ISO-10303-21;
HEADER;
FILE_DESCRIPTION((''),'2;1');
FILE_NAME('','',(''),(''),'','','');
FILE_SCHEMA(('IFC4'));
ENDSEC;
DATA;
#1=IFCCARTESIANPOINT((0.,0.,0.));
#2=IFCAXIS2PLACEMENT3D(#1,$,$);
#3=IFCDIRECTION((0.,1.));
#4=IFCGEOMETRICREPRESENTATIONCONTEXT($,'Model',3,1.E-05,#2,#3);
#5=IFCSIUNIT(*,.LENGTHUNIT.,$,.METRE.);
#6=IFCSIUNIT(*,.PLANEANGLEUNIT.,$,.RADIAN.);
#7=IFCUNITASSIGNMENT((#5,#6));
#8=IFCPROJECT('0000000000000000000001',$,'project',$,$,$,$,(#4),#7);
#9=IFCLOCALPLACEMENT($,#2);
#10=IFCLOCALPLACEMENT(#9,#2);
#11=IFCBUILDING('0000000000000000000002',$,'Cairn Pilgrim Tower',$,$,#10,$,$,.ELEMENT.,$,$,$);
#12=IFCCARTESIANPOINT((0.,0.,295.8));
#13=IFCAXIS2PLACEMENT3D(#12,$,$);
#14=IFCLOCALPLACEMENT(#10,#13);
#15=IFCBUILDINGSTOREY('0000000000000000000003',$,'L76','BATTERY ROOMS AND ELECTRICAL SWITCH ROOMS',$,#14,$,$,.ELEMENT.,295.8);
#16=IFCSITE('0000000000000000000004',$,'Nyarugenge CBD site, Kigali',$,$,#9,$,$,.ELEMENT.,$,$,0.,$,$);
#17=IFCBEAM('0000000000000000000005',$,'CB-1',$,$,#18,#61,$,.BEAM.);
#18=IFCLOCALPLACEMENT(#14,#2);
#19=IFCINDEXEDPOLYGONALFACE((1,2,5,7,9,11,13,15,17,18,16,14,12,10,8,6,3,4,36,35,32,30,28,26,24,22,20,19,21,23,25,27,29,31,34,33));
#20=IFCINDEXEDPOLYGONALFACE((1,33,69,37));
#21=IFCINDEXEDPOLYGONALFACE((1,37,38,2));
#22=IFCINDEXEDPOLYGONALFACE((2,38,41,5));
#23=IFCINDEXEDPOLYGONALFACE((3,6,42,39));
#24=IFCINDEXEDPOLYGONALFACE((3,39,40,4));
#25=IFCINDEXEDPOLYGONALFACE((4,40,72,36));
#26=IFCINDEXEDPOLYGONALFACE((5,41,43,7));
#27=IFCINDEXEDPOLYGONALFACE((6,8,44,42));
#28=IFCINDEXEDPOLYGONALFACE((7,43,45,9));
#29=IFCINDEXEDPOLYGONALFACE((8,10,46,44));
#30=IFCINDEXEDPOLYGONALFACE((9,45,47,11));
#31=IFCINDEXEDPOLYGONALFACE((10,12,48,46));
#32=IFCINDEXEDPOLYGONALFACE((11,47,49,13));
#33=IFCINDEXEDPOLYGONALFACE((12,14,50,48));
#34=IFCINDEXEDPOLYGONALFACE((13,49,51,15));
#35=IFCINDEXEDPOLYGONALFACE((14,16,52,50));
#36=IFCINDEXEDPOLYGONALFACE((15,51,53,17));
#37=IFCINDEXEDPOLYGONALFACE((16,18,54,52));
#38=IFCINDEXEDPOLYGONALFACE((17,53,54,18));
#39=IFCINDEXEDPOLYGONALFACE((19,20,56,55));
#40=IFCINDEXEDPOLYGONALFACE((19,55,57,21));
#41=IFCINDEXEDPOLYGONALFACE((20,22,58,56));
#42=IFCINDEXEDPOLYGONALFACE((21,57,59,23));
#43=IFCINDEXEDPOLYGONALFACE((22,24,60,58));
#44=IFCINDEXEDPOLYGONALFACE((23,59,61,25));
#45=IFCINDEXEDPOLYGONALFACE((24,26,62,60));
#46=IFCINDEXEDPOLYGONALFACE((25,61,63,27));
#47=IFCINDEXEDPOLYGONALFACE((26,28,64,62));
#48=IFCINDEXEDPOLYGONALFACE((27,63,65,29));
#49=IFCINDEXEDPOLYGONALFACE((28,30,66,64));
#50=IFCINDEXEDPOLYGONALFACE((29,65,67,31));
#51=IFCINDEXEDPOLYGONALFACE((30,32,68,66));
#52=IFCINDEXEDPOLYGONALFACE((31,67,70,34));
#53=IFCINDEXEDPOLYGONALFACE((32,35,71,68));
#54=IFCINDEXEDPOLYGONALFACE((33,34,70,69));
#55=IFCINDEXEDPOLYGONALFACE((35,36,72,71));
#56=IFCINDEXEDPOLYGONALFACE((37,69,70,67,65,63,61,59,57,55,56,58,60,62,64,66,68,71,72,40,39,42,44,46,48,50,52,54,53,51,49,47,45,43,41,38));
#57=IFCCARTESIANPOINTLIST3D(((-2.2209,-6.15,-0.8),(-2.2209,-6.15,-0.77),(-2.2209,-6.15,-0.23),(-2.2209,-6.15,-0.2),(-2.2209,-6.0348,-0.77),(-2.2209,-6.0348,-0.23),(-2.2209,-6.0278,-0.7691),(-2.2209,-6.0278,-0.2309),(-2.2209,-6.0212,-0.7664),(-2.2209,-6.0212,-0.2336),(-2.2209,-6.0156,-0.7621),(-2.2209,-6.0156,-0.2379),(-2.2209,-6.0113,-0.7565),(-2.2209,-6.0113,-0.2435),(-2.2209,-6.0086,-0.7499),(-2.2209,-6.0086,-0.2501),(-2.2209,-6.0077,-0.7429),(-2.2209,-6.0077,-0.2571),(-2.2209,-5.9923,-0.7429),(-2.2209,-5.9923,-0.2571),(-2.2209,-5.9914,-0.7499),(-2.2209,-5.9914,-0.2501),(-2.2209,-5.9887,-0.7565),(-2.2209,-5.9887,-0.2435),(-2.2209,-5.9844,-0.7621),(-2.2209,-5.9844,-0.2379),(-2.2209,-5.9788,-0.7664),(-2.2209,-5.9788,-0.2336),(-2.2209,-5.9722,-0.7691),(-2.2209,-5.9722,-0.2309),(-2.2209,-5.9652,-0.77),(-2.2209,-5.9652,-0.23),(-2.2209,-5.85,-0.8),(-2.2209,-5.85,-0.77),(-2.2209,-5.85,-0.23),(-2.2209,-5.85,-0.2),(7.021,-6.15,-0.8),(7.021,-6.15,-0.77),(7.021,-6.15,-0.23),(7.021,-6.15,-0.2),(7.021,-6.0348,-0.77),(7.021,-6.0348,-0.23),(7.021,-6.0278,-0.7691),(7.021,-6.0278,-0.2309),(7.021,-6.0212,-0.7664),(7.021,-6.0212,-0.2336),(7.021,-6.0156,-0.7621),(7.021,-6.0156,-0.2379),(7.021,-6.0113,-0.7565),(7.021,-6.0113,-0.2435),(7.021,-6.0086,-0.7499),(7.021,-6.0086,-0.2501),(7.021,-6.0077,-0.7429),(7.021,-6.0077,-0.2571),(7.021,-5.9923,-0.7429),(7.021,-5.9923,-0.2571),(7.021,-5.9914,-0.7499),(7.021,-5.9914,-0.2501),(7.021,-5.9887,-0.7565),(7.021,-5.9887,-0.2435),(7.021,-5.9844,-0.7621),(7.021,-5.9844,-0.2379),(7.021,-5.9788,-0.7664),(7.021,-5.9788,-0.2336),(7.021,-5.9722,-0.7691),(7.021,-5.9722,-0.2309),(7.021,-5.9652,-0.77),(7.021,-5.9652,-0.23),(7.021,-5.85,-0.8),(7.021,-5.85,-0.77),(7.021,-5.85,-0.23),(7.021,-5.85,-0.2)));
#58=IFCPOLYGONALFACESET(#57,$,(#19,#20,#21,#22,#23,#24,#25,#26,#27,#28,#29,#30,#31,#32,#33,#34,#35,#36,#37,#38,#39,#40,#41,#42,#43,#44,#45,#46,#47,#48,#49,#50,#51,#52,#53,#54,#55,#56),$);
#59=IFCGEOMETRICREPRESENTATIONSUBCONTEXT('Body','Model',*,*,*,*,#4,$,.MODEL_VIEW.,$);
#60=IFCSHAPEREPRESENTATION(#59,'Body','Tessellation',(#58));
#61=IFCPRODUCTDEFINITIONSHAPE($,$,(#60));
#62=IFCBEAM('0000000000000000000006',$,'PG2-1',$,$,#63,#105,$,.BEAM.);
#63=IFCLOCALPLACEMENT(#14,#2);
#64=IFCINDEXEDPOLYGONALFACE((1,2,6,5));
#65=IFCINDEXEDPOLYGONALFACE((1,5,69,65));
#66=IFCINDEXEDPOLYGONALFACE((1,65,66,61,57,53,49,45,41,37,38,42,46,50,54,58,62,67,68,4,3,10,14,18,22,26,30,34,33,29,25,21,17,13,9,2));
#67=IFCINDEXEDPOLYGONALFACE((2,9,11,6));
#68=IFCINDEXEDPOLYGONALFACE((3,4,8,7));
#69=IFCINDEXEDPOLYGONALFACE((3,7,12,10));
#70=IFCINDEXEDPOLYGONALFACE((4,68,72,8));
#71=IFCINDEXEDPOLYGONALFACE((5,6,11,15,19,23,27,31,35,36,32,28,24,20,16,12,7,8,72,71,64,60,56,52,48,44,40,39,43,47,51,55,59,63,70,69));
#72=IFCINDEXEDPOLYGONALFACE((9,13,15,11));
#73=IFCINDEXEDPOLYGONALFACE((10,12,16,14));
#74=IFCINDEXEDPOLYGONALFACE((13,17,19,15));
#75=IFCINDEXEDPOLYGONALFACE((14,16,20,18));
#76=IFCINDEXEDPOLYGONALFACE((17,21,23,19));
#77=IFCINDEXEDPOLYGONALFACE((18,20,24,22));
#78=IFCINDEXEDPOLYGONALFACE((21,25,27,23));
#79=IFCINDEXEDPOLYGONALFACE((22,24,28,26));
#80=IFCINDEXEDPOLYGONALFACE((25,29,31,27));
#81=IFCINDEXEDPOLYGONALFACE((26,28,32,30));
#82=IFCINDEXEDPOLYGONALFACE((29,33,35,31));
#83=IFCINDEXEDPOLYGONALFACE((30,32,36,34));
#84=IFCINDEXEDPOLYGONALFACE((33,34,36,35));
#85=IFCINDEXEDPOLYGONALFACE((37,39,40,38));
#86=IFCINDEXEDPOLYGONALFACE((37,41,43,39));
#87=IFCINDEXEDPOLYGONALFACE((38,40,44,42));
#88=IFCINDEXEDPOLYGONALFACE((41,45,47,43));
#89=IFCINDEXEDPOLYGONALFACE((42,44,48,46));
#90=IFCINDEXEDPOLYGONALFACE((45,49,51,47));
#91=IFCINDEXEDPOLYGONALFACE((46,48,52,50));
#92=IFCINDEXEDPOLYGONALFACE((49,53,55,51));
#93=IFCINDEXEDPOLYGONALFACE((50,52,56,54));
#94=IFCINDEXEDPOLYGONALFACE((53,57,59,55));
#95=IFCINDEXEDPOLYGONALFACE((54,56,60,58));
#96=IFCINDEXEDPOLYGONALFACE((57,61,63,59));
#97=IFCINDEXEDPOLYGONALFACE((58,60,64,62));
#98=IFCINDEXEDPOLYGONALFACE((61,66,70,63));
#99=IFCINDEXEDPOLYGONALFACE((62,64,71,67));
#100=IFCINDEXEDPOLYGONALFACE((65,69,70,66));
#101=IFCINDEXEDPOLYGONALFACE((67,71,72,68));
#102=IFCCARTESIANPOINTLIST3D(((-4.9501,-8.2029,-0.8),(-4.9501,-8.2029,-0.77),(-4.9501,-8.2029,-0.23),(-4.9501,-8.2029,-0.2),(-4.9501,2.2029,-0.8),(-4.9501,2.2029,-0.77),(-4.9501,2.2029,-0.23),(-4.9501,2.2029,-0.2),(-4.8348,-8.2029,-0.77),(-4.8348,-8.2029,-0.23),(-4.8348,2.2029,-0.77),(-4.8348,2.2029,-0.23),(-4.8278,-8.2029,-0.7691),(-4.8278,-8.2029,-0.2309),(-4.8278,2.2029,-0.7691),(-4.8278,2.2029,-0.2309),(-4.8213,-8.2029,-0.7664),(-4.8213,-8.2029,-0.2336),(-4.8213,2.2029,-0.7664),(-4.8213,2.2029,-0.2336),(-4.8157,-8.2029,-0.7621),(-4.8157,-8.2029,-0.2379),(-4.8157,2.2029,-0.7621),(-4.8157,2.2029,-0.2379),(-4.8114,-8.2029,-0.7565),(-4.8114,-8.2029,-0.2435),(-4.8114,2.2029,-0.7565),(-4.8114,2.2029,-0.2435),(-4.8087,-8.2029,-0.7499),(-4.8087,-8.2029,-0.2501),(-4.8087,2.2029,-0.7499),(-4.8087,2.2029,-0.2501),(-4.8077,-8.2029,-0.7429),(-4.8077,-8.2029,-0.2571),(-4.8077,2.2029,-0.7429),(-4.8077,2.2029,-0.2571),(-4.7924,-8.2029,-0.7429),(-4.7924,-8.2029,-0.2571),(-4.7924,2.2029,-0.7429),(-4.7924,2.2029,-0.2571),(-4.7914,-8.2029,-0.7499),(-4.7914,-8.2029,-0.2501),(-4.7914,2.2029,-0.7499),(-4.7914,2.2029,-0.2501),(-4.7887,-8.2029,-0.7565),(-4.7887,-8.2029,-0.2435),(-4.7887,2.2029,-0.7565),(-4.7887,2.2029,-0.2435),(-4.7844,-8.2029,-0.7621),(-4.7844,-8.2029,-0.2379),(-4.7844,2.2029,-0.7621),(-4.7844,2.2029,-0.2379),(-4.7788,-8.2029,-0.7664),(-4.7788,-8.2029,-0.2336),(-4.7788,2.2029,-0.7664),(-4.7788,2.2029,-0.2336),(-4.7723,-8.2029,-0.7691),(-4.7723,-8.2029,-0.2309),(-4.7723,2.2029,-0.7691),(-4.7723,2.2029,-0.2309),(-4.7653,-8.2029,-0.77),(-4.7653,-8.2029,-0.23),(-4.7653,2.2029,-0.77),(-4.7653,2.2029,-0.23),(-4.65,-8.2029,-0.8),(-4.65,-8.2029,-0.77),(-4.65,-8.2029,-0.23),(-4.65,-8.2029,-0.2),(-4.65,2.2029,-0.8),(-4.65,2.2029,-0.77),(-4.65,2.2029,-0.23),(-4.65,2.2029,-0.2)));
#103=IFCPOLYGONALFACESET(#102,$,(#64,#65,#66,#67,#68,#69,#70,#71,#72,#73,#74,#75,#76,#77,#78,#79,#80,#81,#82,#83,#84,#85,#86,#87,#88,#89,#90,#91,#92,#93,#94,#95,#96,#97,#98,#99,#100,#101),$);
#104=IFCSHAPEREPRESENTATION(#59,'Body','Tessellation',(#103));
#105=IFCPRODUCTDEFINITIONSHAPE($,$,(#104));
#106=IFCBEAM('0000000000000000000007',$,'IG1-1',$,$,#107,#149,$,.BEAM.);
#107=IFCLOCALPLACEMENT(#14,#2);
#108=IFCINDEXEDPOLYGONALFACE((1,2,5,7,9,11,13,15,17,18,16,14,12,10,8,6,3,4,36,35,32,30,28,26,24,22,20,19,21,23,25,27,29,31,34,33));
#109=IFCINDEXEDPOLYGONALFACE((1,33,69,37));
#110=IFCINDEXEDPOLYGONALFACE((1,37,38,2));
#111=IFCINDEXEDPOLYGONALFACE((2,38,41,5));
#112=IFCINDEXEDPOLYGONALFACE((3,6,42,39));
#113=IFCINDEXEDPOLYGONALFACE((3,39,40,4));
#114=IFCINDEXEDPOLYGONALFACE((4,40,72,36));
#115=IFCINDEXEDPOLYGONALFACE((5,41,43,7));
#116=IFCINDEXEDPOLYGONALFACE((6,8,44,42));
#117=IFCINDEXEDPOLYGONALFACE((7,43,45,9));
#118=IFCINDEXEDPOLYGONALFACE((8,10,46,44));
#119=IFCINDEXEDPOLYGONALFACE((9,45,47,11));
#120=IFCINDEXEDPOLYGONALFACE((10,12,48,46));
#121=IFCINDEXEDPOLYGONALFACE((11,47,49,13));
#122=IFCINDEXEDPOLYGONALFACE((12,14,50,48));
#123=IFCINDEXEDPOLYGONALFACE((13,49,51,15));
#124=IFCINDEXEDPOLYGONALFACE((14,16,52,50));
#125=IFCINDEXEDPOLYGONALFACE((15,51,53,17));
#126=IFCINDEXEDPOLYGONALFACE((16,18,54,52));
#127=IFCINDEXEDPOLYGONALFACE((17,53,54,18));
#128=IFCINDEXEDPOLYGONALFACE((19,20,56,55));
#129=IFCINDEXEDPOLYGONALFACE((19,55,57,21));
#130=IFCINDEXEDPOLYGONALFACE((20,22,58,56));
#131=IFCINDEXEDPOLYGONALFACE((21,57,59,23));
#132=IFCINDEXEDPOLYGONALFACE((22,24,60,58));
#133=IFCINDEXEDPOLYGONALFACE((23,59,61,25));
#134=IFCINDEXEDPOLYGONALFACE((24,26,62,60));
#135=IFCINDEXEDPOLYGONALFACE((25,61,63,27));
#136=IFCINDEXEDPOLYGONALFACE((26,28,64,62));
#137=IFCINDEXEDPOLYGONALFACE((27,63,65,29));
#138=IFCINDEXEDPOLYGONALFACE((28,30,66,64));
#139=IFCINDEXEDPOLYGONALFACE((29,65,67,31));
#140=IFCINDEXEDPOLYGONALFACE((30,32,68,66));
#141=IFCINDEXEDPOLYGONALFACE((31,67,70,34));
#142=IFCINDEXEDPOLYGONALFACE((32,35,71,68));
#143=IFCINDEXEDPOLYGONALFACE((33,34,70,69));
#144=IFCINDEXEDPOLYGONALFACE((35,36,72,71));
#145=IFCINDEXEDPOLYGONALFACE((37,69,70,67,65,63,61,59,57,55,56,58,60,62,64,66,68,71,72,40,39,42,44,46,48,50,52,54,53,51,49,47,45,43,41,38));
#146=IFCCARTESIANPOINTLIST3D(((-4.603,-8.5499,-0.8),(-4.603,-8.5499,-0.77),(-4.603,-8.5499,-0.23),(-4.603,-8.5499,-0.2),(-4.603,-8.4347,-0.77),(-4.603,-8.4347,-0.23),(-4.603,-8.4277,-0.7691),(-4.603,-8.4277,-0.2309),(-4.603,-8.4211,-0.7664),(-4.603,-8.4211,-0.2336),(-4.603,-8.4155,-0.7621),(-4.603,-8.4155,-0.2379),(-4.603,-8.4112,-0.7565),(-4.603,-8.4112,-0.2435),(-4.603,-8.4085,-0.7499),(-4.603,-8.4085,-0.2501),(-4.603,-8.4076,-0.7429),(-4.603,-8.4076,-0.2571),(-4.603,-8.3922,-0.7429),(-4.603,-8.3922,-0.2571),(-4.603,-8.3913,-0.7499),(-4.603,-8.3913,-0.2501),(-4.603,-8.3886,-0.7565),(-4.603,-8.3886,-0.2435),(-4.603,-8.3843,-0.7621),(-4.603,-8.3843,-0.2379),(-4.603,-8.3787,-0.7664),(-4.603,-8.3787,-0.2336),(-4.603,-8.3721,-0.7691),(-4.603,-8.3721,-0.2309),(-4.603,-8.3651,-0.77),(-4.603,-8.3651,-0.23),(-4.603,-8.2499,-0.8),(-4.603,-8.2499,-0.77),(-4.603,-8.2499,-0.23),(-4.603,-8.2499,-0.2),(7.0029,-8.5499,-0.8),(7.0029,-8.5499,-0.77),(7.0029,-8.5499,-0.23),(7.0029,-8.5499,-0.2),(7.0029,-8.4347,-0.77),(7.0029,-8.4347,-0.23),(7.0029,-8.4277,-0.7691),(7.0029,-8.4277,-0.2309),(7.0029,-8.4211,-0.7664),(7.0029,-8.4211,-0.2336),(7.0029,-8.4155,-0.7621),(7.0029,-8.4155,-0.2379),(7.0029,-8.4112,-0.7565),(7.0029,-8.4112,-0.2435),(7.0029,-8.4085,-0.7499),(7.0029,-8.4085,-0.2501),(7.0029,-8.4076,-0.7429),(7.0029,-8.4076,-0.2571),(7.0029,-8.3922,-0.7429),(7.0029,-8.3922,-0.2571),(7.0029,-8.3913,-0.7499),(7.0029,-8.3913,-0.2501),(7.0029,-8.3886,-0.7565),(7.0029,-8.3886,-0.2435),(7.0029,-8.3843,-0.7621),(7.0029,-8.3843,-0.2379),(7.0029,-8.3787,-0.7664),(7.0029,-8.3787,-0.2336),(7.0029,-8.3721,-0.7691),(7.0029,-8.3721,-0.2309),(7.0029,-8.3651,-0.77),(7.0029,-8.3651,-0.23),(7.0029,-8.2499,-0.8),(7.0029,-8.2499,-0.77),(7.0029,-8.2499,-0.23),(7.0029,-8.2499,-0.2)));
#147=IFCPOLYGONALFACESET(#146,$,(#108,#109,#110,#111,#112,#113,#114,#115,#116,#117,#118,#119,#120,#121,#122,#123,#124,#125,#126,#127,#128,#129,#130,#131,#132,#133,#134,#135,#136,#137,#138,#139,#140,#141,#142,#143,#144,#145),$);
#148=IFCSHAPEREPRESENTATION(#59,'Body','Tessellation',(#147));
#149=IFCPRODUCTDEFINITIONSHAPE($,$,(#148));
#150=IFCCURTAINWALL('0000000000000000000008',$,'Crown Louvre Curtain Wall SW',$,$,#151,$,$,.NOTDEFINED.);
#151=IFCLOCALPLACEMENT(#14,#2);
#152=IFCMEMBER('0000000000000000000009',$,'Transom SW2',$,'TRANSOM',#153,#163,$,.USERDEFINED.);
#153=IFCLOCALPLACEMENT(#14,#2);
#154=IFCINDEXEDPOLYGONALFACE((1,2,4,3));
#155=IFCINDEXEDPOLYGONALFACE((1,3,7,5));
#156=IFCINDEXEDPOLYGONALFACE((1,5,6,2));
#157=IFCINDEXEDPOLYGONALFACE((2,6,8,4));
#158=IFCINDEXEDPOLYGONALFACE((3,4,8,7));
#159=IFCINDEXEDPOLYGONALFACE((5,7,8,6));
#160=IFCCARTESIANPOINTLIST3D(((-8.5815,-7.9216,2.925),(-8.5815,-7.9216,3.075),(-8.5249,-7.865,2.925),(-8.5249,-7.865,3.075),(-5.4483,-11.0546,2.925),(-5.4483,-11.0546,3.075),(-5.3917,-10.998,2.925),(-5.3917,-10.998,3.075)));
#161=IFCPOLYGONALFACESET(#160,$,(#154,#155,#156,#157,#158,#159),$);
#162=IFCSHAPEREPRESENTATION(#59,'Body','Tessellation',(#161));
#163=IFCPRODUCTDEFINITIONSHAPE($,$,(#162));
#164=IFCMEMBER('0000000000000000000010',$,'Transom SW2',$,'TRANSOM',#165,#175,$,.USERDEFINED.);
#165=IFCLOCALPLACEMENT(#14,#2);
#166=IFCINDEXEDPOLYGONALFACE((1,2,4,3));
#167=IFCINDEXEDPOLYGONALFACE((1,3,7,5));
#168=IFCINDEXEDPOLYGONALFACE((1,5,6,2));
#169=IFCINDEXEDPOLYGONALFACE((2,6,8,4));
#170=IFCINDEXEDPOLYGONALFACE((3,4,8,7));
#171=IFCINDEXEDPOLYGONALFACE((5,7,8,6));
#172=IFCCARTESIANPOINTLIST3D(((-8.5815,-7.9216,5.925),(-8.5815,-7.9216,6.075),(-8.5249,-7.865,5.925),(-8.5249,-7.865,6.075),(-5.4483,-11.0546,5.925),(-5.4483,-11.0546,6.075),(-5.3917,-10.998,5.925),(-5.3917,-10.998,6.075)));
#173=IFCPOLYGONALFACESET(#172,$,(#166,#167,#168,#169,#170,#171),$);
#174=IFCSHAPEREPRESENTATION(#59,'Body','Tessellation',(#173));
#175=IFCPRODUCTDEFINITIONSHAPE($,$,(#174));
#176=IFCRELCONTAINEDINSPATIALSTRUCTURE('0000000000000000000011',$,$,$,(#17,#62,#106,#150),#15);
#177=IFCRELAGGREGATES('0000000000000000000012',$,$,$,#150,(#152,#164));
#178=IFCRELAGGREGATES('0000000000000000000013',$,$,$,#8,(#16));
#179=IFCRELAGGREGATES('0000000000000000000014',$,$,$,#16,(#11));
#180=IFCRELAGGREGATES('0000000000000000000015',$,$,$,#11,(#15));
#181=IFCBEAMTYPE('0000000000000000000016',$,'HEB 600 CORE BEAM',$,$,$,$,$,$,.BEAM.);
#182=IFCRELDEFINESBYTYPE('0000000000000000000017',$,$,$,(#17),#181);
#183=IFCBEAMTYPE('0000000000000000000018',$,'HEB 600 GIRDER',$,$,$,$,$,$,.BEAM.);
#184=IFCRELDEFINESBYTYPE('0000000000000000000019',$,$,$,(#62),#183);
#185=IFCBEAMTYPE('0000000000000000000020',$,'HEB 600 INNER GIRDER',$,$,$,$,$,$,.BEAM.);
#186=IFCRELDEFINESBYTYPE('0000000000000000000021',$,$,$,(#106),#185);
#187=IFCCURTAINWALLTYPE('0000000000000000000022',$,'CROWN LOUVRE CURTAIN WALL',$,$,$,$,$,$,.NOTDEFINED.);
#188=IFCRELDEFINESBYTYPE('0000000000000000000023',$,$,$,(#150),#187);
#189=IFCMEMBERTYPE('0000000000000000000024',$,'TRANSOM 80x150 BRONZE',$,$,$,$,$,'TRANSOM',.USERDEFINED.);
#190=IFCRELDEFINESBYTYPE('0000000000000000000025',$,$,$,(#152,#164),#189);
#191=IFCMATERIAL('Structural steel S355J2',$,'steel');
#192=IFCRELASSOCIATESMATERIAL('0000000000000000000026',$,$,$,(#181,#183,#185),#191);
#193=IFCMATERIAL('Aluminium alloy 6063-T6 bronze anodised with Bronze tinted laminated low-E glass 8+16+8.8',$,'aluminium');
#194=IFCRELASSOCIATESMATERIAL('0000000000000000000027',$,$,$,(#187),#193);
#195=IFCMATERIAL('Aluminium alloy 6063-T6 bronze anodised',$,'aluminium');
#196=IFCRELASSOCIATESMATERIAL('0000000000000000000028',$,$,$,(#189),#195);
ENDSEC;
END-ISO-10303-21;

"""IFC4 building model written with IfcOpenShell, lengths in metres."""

from ifc_helpers import new_model, si_unit, direction, frame, origin, origin_2d, place, context, subcontext, project, spatial, rectangle, i_section, extrude, material, material_profile, profile_set, type_object, element, aggregate, save


model = new_model("IFC4")

# Units and contexts
model_context = context("Model", 3, precision=1e-05, world=origin(), true_north=direction((0.0, 1.0)))
body_context = subcontext(model_context, "Body", "Model", "MODEL_VIEW")
ifc_project = project(units=[si_unit("LENGTHUNIT", "METRE"), si_unit("PLANEANGLEUNIT", "RADIAN")], contexts=[model_context])

# Site, building, storey
site_placement = place(None, origin())
site = spatial("IfcSite", under=ifc_project, at=site_placement, Name="Nyarugenge CBD site, Kigali", CompositionType="ELEMENT", RefElevation=0.0)
building_placement = place(site_placement, origin())
building = spatial("IfcBuilding", under=site, at=building_placement, Name="Cairn Pilgrim Tower", CompositionType="ELEMENT")
storey_placement = place(building_placement, frame((0.0, 0.0, 295.8)))
storey = spatial("IfcBuildingStorey", under=building, at=storey_placement, Name="L76", Description="BATTERY ROOMS AND ELECTRICAL SWITCH ROOMS", CompositionType="ELEMENT", Elevation=295.8)

# Shared definitions
ifc_material_1 = material(Name="Structural steel S355J2", Category="steel")

# Beams
ifc_material_profile_1 = material_profile(ifc_material_1, i_section(OverallWidth=0.3, OverallDepth=0.6001, WebThickness=0.0154, FlangeThickness=0.03, FilletRadius=0.0271, at=origin_2d()), Name="HEB 600")
ifc_profile_set_1 = profile_set([ifc_material_profile_1], Name="Structural steel S355J2")
beam_type_1 = type_object("IfcBeamType", Name="HEB 600 CORE BEAM", PredefinedType="BEAM", material=ifc_profile_set_1)
beam_1_placement = place(storey_placement, frame((-2.2209, -6.0, -0.5), z_axis=(1.0, 0.0, 0.0), x_axis=(0.0, 1.0, 0.0)))
element("IfcBeam", 1, at=beam_1_placement, inside=storey, type_object=beam_type_1, Name="CB-1", PredefinedType="BEAM", context=body_context, shape_type="SweptSolid", body=[
    extrude(i_section(OverallWidth=0.3, OverallDepth=0.6001, WebThickness=0.0154, FlangeThickness=0.03, FilletRadius=0.0271, at=origin_2d()), origin(), (0.0, 0.0, 1.0), 9.2419),
])
ifc_material_profile_2 = material_profile(ifc_material_1, i_section(OverallWidth=0.3, OverallDepth=0.6001, WebThickness=0.0154, FlangeThickness=0.03, FilletRadius=0.0271, at=origin_2d()), Name="HEB 600")
ifc_profile_set_2 = profile_set([ifc_material_profile_2], Name="Structural steel S355J2")
beam_type_2 = type_object("IfcBeamType", Name="HEB 600 GIRDER", PredefinedType="BEAM", material=ifc_profile_set_2)
beam_2_placement = place(storey_placement, frame((-4.8, -8.2029, -0.5), z_axis=(0.0, 1.0, 0.0), x_axis=(-1.0, 0.0, 0.0)))
element("IfcBeam", 2, at=beam_2_placement, inside=storey, type_object=beam_type_2, Name="PG2-1", PredefinedType="BEAM", context=body_context, shape_type="SweptSolid", body=[
    extrude(i_section(OverallWidth=0.3, OverallDepth=0.6001, WebThickness=0.0154, FlangeThickness=0.03, FilletRadius=0.0271, at=origin_2d()), origin(), (0.0, 0.0, 1.0), 10.4058),
])
ifc_material_profile_3 = material_profile(ifc_material_1, i_section(OverallWidth=0.3, OverallDepth=0.6001, WebThickness=0.0154, FlangeThickness=0.03, FilletRadius=0.0271, at=origin_2d()), Name="HEB 600")
ifc_profile_set_3 = profile_set([ifc_material_profile_3], Name="Structural steel S355J2")
beam_type_3 = type_object("IfcBeamType", Name="HEB 600 INNER GIRDER", PredefinedType="BEAM", material=ifc_profile_set_3)
beam_3_placement = place(storey_placement, frame((-4.603, -8.3999, -0.5), z_axis=(1.0, 0.0, 0.0), x_axis=(0.0, 1.0, 0.0)))
element("IfcBeam", 3, at=beam_3_placement, inside=storey, type_object=beam_type_3, Name="IG1-1", PredefinedType="BEAM", context=body_context, shape_type="SweptSolid", body=[
    extrude(i_section(OverallWidth=0.3, OverallDepth=0.6001, WebThickness=0.0154, FlangeThickness=0.03, FilletRadius=0.0271, at=origin_2d()), origin(), (0.0, 0.0, 1.0), 11.606),
])

# Curtain wall, members
ifc_material_2 = material(Name="Aluminium alloy 6063-T6 bronze anodised with Bronze tinted laminated low-E glass 8+16+8.8", Category="aluminium")
curtain_wall_type = type_object("IfcCurtainWallType", Name="CROWN LOUVRE CURTAIN WALL", PredefinedType="NOTDEFINED", material=ifc_material_2)
curtain_wall_placement = place(storey_placement, origin())
curtain_wall = element("IfcCurtainWall", 4, at=curtain_wall_placement, inside=storey, type_object=curtain_wall_type, Name="Crown Louvre Curtain Wall SW", PredefinedType="NOTDEFINED")
ifc_material_3 = material(Name="Aluminium alloy 6063-T6 bronze anodised", Category="aluminium")
ifc_material_profile_4 = material_profile(ifc_material_3, rectangle(XDim=0.0801, YDim=0.1499, at=origin_2d()), Name="TRANSOM 80x150 BRONZE")
ifc_profile_set_4 = profile_set([ifc_material_profile_4], Name="Aluminium alloy 6063-T6 bronze anodised")
member_type = type_object("IfcMemberType", Name="TRANSOM 80x150 BRONZE", ElementType="TRANSOM", PredefinedType="USERDEFINED", material=ifc_profile_set_4)
member_1_placement = place(storey_placement, frame((-8.5532, -7.8933, 3.0), z_axis=(0.707134, -0.707079, 0.0), x_axis=(0.707079, 0.707134, 0.0)))
member_1 = element("IfcMember", 5, at=member_1_placement, type_object=member_type, Name="Transom SW2", ObjectType="TRANSOM", PredefinedType="USERDEFINED", context=body_context, shape_type="SweptSolid", body=[
    extrude(rectangle(XDim=0.0801, YDim=0.1499, at=origin_2d()), origin(), (0.0, 0.0, 1.0), 4.4309),
])
member_2_placement = place(storey_placement, frame((-8.5532, -7.8933, 6.0), z_axis=(0.707134, -0.707079, 0.0), x_axis=(0.707079, 0.707134, 0.0)))
member_2 = element("IfcMember", 6, at=member_2_placement, type_object=member_type, Name="Transom SW2", ObjectType="TRANSOM", PredefinedType="USERDEFINED", context=body_context, shape_type="SweptSolid", body=[
    extrude(rectangle(XDim=0.0801, YDim=0.1499, at=origin_2d()), origin(), (0.0, 0.0, 1.0), 4.4309),
])
aggregate(curtain_wall, [member_1, member_2])

save(model, "model.ifc")
